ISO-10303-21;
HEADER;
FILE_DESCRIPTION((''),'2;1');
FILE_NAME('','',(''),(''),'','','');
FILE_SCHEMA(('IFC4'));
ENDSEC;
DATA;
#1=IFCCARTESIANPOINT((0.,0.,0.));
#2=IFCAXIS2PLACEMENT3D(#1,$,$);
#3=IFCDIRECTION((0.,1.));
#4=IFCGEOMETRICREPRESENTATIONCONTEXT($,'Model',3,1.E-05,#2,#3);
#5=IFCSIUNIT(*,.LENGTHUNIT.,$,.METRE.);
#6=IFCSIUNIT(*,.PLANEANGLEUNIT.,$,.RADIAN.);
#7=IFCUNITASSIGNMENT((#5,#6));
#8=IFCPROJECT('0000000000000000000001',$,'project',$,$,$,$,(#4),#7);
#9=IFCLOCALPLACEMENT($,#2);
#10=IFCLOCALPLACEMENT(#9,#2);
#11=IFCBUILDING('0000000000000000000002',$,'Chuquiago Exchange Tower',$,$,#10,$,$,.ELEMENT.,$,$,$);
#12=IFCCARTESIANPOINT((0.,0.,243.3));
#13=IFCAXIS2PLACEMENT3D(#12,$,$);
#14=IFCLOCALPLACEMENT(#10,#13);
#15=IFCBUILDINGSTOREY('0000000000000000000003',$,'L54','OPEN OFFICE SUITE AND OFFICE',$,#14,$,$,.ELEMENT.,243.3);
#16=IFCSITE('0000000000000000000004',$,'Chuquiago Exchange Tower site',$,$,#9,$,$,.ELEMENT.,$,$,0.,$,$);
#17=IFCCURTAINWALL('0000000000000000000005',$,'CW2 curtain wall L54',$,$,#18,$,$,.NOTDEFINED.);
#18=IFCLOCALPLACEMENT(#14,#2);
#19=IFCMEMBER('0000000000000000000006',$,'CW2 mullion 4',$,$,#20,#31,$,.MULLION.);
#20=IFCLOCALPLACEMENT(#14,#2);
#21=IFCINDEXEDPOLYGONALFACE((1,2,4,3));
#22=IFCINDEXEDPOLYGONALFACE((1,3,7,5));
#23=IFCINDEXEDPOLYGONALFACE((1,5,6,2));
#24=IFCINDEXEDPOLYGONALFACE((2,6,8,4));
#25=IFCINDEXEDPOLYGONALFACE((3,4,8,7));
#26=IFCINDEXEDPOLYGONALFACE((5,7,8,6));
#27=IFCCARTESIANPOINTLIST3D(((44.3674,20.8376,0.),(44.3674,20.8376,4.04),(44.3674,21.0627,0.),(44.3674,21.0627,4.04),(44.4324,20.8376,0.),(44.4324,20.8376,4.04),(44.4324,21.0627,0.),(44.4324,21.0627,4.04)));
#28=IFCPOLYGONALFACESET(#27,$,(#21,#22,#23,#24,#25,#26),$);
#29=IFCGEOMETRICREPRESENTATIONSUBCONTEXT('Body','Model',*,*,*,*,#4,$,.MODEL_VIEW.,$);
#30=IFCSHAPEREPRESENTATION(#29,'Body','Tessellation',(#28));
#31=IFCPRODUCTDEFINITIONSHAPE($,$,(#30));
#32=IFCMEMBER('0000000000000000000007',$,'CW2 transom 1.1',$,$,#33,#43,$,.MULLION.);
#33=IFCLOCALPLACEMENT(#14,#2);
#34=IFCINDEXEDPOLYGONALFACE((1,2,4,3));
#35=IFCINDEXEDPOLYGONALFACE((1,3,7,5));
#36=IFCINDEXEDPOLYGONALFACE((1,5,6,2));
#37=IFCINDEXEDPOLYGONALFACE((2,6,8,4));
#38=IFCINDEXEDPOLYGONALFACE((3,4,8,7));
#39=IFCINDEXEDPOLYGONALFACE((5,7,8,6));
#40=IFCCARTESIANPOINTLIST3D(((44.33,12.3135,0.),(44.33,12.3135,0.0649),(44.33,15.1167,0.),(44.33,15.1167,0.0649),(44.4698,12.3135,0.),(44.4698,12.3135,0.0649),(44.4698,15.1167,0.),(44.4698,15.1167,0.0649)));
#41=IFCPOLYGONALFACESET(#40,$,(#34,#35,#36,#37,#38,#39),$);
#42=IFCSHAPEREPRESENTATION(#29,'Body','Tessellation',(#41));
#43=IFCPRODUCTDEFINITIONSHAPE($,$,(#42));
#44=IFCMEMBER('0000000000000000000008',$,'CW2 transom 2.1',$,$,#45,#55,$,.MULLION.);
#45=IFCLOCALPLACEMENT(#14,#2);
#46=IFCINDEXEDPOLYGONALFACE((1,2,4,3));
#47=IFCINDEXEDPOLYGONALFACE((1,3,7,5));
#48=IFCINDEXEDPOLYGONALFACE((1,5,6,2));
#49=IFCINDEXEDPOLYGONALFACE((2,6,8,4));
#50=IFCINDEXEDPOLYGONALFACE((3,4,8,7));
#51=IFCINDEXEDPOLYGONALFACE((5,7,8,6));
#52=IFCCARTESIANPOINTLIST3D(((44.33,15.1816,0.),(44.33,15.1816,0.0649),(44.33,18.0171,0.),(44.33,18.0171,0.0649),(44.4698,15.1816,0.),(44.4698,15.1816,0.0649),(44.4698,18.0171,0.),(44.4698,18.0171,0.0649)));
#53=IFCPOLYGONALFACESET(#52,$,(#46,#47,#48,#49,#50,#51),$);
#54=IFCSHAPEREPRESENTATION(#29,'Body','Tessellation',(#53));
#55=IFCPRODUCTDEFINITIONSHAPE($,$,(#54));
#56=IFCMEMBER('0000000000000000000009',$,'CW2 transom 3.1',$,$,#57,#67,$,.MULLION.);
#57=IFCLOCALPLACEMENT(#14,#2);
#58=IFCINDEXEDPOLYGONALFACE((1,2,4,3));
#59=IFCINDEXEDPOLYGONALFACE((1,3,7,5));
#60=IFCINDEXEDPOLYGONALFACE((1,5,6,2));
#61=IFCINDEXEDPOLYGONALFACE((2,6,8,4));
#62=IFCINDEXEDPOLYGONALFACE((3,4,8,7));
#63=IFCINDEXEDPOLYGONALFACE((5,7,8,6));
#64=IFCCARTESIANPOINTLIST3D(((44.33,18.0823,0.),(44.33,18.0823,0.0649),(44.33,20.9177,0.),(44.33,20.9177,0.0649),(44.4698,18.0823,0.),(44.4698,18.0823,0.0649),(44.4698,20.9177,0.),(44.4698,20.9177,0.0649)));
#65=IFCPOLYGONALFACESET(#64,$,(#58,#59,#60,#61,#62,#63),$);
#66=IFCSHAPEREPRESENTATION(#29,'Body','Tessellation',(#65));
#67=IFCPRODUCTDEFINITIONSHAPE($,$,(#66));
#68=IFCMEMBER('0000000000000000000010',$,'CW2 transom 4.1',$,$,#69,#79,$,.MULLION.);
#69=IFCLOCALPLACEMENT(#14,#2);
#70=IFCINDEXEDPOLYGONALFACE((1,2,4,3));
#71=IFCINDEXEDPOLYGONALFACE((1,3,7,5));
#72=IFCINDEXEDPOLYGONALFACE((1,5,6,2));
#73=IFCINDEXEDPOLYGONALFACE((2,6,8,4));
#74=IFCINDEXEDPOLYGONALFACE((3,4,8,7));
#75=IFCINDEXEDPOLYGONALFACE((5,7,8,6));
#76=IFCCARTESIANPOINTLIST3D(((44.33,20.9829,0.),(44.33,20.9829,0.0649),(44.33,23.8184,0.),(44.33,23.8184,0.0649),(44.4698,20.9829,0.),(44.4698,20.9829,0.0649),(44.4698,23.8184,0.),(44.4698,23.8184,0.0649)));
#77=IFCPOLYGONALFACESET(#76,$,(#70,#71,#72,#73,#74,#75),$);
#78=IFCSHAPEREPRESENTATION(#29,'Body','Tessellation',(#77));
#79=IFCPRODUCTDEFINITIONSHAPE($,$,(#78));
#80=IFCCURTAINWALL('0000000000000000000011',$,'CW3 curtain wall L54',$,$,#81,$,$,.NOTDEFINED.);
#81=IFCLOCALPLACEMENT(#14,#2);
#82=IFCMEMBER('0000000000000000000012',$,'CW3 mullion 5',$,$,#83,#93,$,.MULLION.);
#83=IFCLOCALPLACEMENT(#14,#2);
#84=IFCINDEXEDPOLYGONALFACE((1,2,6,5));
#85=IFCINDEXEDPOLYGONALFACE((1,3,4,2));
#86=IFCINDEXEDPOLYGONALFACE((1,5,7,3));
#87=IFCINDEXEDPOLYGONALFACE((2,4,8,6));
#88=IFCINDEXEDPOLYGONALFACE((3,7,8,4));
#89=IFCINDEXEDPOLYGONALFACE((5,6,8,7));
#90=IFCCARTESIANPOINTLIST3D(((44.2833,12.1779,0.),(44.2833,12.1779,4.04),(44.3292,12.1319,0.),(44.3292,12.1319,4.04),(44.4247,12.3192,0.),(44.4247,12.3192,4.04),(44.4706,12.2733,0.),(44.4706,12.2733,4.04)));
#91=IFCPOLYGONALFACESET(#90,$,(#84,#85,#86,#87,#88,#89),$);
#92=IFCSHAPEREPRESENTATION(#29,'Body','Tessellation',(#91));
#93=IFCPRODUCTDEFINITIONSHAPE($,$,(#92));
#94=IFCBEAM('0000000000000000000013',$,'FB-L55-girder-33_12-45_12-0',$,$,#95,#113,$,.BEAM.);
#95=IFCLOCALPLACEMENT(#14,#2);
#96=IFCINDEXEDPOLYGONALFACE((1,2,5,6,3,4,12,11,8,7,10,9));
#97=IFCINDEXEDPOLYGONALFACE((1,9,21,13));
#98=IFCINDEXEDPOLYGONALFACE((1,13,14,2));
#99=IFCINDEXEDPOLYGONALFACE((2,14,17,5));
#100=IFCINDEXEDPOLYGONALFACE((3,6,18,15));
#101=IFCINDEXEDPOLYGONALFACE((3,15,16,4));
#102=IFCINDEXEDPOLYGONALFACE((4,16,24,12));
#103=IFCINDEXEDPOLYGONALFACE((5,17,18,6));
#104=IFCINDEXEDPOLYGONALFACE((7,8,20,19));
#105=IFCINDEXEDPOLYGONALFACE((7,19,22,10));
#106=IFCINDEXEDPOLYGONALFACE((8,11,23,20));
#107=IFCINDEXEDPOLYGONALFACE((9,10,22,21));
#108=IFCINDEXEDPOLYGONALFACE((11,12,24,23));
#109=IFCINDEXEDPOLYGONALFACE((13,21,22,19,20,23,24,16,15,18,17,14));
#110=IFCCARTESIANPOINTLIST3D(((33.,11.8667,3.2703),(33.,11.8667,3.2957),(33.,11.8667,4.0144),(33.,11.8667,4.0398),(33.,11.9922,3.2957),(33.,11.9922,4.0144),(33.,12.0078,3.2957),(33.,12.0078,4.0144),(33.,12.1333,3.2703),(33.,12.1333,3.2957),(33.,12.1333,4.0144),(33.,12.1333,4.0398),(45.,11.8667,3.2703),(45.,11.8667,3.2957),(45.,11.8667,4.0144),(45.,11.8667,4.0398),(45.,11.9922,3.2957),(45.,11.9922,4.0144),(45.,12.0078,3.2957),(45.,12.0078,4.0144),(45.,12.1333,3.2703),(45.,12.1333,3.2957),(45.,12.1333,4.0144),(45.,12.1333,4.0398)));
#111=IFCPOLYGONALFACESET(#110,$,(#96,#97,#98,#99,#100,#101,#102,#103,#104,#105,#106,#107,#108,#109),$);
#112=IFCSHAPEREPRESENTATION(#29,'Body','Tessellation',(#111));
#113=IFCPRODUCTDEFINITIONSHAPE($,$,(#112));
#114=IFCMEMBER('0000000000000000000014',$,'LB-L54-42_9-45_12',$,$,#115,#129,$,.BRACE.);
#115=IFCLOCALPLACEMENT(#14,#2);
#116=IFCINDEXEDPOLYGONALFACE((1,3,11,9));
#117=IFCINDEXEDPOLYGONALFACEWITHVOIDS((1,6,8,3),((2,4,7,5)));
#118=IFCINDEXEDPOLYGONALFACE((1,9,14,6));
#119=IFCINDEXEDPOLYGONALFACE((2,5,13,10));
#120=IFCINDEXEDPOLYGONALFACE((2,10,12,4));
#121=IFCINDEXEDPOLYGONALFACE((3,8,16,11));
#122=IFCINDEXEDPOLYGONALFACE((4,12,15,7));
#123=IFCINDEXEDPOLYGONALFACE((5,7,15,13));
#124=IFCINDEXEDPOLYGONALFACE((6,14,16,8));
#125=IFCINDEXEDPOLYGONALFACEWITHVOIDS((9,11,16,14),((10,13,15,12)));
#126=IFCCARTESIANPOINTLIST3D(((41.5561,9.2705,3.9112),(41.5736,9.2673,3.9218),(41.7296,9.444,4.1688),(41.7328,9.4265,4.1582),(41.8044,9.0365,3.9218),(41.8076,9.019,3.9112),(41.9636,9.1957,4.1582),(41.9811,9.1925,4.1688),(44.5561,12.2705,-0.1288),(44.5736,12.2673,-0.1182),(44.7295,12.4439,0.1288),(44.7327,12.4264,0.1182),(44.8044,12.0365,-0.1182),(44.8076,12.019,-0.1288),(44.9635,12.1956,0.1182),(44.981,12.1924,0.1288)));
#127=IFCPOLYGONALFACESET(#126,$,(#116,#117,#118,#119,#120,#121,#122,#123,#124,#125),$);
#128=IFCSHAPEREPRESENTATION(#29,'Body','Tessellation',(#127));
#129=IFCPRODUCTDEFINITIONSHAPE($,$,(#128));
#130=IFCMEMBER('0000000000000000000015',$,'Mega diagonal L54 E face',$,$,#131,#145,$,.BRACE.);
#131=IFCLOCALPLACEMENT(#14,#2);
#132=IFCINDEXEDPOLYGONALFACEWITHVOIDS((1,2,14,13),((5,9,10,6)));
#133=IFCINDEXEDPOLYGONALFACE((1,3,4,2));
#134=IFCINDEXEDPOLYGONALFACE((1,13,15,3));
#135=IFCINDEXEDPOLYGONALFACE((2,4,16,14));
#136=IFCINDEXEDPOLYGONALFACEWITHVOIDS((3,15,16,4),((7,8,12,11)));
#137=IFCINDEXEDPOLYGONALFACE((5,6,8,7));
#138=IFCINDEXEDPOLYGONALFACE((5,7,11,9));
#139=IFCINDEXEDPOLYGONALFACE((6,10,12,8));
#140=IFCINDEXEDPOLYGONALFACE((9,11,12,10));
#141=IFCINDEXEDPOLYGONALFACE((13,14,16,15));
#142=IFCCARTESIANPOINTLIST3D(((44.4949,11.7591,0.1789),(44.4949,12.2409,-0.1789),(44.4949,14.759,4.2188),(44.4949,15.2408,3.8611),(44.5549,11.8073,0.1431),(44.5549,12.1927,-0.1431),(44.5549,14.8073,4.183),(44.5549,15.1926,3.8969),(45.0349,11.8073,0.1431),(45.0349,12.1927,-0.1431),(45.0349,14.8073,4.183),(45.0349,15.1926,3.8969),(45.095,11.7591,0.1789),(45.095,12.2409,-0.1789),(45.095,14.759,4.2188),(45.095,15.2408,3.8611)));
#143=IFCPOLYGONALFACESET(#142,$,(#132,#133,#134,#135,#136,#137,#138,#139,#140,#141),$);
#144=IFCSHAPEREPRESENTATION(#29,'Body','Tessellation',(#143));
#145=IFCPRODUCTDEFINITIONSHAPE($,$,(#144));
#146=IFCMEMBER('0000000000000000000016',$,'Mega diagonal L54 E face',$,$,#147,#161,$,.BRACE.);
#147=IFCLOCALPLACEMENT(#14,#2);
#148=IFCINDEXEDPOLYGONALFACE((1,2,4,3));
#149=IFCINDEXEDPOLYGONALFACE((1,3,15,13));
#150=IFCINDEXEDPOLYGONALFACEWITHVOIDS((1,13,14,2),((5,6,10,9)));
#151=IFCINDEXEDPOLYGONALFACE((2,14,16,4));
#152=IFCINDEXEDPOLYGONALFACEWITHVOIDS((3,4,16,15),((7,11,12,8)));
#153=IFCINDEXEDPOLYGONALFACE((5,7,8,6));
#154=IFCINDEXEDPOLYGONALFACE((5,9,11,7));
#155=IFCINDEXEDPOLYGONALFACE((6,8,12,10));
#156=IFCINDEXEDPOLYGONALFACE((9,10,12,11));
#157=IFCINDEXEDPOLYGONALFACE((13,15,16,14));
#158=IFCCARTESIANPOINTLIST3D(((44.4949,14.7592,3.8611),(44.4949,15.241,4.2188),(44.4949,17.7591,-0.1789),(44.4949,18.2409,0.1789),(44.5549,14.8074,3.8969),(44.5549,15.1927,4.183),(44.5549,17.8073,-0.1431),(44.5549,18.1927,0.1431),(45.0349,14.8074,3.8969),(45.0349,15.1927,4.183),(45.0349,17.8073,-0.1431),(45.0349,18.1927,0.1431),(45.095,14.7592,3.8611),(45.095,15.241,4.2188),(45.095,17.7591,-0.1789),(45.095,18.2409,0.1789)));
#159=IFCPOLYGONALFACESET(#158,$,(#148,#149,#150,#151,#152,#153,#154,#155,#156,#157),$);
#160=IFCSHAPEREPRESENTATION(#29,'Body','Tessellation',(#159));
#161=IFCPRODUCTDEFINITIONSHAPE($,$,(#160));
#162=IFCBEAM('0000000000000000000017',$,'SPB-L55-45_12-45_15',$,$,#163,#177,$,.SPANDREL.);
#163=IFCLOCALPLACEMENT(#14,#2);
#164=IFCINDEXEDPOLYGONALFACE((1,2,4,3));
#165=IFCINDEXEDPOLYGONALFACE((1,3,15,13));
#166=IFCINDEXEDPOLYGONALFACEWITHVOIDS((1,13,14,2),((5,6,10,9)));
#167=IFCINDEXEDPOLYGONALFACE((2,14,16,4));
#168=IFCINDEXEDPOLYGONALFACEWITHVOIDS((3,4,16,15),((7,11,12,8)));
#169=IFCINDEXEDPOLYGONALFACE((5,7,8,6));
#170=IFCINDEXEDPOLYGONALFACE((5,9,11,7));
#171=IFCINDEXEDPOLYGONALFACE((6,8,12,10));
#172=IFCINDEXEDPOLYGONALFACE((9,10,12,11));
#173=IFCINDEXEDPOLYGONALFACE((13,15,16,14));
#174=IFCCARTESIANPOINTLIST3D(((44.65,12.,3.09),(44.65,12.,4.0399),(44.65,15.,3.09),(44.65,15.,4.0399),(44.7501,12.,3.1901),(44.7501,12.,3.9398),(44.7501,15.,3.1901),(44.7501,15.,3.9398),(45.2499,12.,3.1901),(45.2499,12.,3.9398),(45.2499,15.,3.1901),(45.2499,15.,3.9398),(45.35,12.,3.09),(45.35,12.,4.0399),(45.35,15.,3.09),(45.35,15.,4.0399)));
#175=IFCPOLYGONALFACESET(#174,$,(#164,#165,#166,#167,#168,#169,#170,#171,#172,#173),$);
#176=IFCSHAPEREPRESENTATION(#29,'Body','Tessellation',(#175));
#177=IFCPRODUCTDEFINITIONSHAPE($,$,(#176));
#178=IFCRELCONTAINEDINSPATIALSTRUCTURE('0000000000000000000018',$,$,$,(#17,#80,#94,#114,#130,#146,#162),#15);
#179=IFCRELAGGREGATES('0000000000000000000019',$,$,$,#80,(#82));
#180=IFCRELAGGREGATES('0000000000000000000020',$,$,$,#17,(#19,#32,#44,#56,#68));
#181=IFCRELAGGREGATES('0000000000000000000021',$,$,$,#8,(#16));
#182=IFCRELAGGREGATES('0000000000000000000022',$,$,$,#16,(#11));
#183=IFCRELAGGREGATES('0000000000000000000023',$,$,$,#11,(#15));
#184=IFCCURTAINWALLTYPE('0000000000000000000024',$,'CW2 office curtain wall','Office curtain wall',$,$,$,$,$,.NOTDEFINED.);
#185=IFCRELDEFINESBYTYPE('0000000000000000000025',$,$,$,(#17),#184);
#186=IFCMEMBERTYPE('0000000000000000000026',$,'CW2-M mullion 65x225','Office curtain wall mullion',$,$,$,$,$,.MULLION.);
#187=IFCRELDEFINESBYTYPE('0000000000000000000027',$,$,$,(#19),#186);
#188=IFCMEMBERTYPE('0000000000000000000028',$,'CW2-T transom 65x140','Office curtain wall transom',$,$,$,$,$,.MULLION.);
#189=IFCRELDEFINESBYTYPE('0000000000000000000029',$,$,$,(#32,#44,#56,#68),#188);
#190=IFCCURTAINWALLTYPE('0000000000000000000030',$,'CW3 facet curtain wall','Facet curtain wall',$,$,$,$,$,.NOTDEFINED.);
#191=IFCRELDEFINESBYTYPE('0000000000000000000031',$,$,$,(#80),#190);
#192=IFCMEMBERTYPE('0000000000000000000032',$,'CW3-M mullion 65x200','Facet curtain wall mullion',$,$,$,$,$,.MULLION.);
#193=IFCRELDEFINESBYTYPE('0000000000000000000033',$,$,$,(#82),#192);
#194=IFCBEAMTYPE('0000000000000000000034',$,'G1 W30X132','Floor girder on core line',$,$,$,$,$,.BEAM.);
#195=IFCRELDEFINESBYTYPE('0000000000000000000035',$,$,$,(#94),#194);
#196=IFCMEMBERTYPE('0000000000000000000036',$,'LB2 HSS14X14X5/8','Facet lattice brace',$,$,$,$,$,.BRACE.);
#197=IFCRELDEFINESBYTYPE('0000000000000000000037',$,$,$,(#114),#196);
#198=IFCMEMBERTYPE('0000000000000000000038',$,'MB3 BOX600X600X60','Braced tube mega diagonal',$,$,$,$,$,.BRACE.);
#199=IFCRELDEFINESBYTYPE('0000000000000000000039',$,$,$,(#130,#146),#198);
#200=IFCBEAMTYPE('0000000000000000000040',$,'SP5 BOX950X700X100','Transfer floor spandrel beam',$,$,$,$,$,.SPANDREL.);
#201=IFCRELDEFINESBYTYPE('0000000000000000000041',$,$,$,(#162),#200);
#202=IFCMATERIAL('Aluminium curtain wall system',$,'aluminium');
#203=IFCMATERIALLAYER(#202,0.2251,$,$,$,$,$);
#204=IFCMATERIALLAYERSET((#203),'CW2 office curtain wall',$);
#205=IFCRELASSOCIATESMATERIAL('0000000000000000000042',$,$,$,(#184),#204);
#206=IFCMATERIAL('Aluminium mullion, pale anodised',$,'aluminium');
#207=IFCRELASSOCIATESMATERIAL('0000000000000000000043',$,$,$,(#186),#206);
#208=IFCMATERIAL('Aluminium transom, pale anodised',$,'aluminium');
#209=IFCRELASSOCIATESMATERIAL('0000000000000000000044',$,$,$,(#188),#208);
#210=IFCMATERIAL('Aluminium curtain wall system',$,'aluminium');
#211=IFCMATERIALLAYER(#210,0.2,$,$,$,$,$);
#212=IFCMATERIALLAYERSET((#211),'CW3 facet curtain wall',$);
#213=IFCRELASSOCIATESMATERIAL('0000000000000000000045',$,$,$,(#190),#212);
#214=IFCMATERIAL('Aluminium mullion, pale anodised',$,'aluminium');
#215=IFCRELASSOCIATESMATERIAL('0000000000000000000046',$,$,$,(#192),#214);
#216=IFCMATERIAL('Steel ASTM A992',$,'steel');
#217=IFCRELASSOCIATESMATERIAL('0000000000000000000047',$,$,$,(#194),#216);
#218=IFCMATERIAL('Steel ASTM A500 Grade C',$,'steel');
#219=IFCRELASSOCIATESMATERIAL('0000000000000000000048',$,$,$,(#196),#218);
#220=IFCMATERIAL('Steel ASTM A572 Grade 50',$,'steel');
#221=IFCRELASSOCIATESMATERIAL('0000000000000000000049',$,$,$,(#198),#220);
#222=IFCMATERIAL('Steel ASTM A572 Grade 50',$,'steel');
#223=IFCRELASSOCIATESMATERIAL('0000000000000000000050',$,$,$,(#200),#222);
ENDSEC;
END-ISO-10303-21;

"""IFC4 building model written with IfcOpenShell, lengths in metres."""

from ifc_helpers import new_model, si_unit, direction, frame, origin, origin_2d, place, context, subcontext, project, spatial, rectangle, hollow_rectangle, i_section, extrude, material, layer, layer_set, material_profile, profile_set, type_object, element, aggregate, save


model = new_model("IFC4")

# Units and contexts
model_context = context("Model", 3, precision=1e-05, world=origin(), true_north=direction((0.0, 1.0)))
body_context = subcontext(model_context, "Body", "Model", "MODEL_VIEW")
ifc_project = project(units=[si_unit("LENGTHUNIT", "METRE"), si_unit("PLANEANGLEUNIT", "RADIAN")], contexts=[model_context])

# Site, building, storey
site_placement = place(None, origin())
site = spatial("IfcSite", under=ifc_project, at=site_placement, Name="Chuquiago Exchange Tower site", CompositionType="ELEMENT", RefElevation=0.0)
building_placement = place(site_placement, origin())
building = spatial("IfcBuilding", under=site, at=building_placement, Name="Chuquiago Exchange Tower", CompositionType="ELEMENT")
storey_placement = place(building_placement, frame((0.0, 0.0, 243.3)))
storey = spatial("IfcBuildingStorey", under=building, at=storey_placement, Name="L54", Description="OPEN OFFICE SUITE AND OFFICE", CompositionType="ELEMENT", Elevation=243.3)

# Curtain wall, members
ifc_material_1 = material(Name="Aluminium curtain wall system", Category="aluminium")
ifc_layer_1 = layer(ifc_material_1, 0.2251)
ifc_layer_set_1 = layer_set([ifc_layer_1], Name="CW2 office curtain wall")
curtain_wall_type_1 = type_object("IfcCurtainWallType", Name="CW2 office curtain wall", Description="Office curtain wall", PredefinedType="NOTDEFINED", material=ifc_layer_set_1)
curtain_wall_1_placement = place(storey_placement, origin())
curtain_wall_1 = element("IfcCurtainWall", 1, at=curtain_wall_1_placement, inside=storey, type_object=curtain_wall_type_1, Name="CW2 curtain wall L54", PredefinedType="NOTDEFINED")
ifc_material_2 = material(Name="Aluminium mullion, pale anodised", Category="aluminium")
ifc_material_profile_1 = material_profile(ifc_material_2, rectangle(XDim=0.0649, YDim=0.2251, at=origin_2d()), Name="AL 65x225")
ifc_profile_set_1 = profile_set([ifc_material_profile_1], Name="Aluminium mullion, pale anodised")
member_type_1 = type_object("IfcMemberType", Name="CW2-M mullion 65x225", Description="Office curtain wall mullion", PredefinedType="MULLION", material=ifc_profile_set_1)
member_1_placement = place(storey_placement, frame((44.3999, 20.9502, 0.0), z_axis=(0.0, 0.0, 1.0), x_axis=(-1.0, 0.0, 0.0)))
member_1 = element("IfcMember", 2, at=member_1_placement, type_object=member_type_1, Name="CW2 mullion 4", PredefinedType="MULLION", context=body_context, shape_type="SweptSolid", body=[
    extrude(rectangle(XDim=0.0649, YDim=0.2251, at=origin_2d()), origin(), (0.0, 0.0, 1.0), 4.04),
])
ifc_material_3 = material(Name="Aluminium transom, pale anodised", Category="aluminium")
ifc_material_profile_2 = material_profile(ifc_material_3, rectangle(XDim=0.1399, YDim=0.0649, at=origin_2d()), Name="AL 140x65")
ifc_profile_set_2 = profile_set([ifc_material_profile_2], Name="Aluminium transom, pale anodised")
member_type_2 = type_object("IfcMemberType", Name="CW2-T transom 65x140", Description="Office curtain wall transom", PredefinedType="MULLION", material=ifc_profile_set_2)
member_2_placement = place(storey_placement, frame((44.3999, 12.3135, 0.0325), z_axis=(0.0, 1.0, 0.0), x_axis=(-1.0, 0.0, 0.0)))
member_2 = element("IfcMember", 3, at=member_2_placement, type_object=member_type_2, Name="CW2 transom 1.1", PredefinedType="MULLION", context=body_context, shape_type="SweptSolid", body=[
    extrude(rectangle(XDim=0.1399, YDim=0.0649, at=origin_2d()), origin(), (0.0, 0.0, 1.0), 2.8032),
])
member_3_placement = place(storey_placement, frame((44.3999, 15.1816, 0.0325), z_axis=(0.0, 1.0, 0.0), x_axis=(-1.0, 0.0, 0.0)))
member_3 = element("IfcMember", 4, at=member_3_placement, type_object=member_type_2, Name="CW2 transom 2.1", PredefinedType="MULLION", context=body_context, shape_type="SweptSolid", body=[
    extrude(rectangle(XDim=0.1399, YDim=0.0649, at=origin_2d()), origin(), (0.0, 0.0, 1.0), 2.8354),
])
member_4_placement = place(storey_placement, frame((44.3999, 18.0823, 0.0325), z_axis=(0.0, 1.0, 0.0), x_axis=(-1.0, 0.0, 0.0)))
member_4 = element("IfcMember", 5, at=member_4_placement, type_object=member_type_2, Name="CW2 transom 3.1", PredefinedType="MULLION", context=body_context, shape_type="SweptSolid", body=[
    extrude(rectangle(XDim=0.1399, YDim=0.0649, at=origin_2d()), origin(), (0.0, 0.0, 1.0), 2.8354),
])
member_5_placement = place(storey_placement, frame((44.3999, 20.9829, 0.0325), z_axis=(0.0, 1.0, 0.0), x_axis=(-1.0, 0.0, 0.0)))
member_5 = element("IfcMember", 6, at=member_5_placement, type_object=member_type_2, Name="CW2 transom 4.1", PredefinedType="MULLION", context=body_context, shape_type="SweptSolid", body=[
    extrude(rectangle(XDim=0.1399, YDim=0.0649, at=origin_2d()), origin(), (0.0, 0.0, 1.0), 2.8354),
])

# Curtain wall, member
ifc_material_4 = material(Name="Aluminium curtain wall system", Category="aluminium")
ifc_layer_2 = layer(ifc_material_4, 0.2)
ifc_layer_set_2 = layer_set([ifc_layer_2], Name="CW3 facet curtain wall")
curtain_wall_type_2 = type_object("IfcCurtainWallType", Name="CW3 facet curtain wall", Description="Facet curtain wall", PredefinedType="NOTDEFINED", material=ifc_layer_set_2)
curtain_wall_2_placement = place(storey_placement, origin())
curtain_wall_2 = element("IfcCurtainWall", 7, at=curtain_wall_2_placement, inside=storey, type_object=curtain_wall_type_2, Name="CW3 curtain wall L54", PredefinedType="NOTDEFINED")
ifc_material_5 = material(Name="Aluminium mullion, pale anodised", Category="aluminium")
ifc_material_profile_3 = material_profile(ifc_material_5, rectangle(XDim=0.0649, YDim=0.2, at=origin_2d()), Name="AL 65x200")
ifc_profile_set_3 = profile_set([ifc_material_profile_3], Name="Aluminium mullion, pale anodised")
member_type_3 = type_object("IfcMemberType", Name="CW3-M mullion 65x200", Description="Facet curtain wall mullion", PredefinedType="MULLION", material=ifc_profile_set_3)
member_6_placement = place(storey_placement, frame((44.377, 12.2256, 0.0), z_axis=(0.0, 0.0, 1.0), x_axis=(-0.707107, 0.707107, 0.0)))
member_6 = element("IfcMember", 8, at=member_6_placement, type_object=member_type_3, Name="CW3 mullion 5", PredefinedType="MULLION", context=body_context, shape_type="SweptSolid", body=[
    extrude(rectangle(XDim=0.0649, YDim=0.2, at=origin_2d()), origin(), (0.0, 0.0, 1.0), 4.04),
])
aggregate(curtain_wall_2, [member_6])

# Beam
ifc_material_6 = material(Name="Steel ASTM A992", Category="steel")
ifc_material_profile_4 = material_profile(ifc_material_6, i_section(OverallWidth=0.2666, OverallDepth=0.7695, WebThickness=0.0156, FlangeThickness=0.0254, at=origin_2d()), Name="W30X132")
ifc_profile_set_4 = profile_set([ifc_material_profile_4], Name="Steel ASTM A992")
beam_type_1 = type_object("IfcBeamType", Name="G1 W30X132", Description="Floor girder on core line", PredefinedType="BEAM", material=ifc_profile_set_4)
beam_1_placement = place(storey_placement, frame((33.0, 12.0, 3.655), z_axis=(1.0, 0.0, 0.0), x_axis=(0.0, 1.0, 0.0)))
element("IfcBeam", 9, at=beam_1_placement, inside=storey, type_object=beam_type_1, Name="FB-L55-girder-33_12-45_12-0", PredefinedType="BEAM", context=body_context, shape_type="SweptSolid", body=[
    extrude(i_section(OverallWidth=0.2666, OverallDepth=0.7695, WebThickness=0.0156, FlangeThickness=0.0254, at=origin_2d()), origin(), (0.0, 0.0, 1.0), 12.0),
])

# Members
ifc_material_7 = material(Name="Steel ASTM A500 Grade C", Category="steel")
ifc_material_profile_5 = material_profile(ifc_material_7, hollow_rectangle(XDim=0.3557, YDim=0.3557, WallThickness=0.0146, at=origin_2d()), Name="HSS14X14X5/8")
ifc_profile_set_5 = profile_set([ifc_material_profile_5], Name="Steel ASTM A500 Grade C")
member_type_4 = type_object("IfcMemberType", Name="LB2 HSS14X14X5/8", Description="Facet lattice brace", PredefinedType="BRACE", material=ifc_profile_set_5)
member_7_placement = place(storey_placement, frame((44.7686, 12.2314, 0.0), z_axis=(-0.512077, -0.512077, 0.689604), x_axis=(0.707107, -0.707107, 0.0)))
element("IfcMember", 10, at=member_7_placement, inside=storey, type_object=member_type_4, Name="LB-L54-42_9-45_12", PredefinedType="BRACE", context=body_context, shape_type="SweptSolid", body=[
    extrude(hollow_rectangle(XDim=0.3557, YDim=0.3557, WallThickness=0.0146, at=origin_2d()), origin(), (0.0, 0.0, 1.0), 5.8584),
])
ifc_material_8 = material(Name="Steel ASTM A572 Grade 50", Category="steel")
ifc_material_profile_6 = material_profile(ifc_material_8, hollow_rectangle(XDim=0.6001, YDim=0.6001, WallThickness=0.0601, at=origin_2d()), Name="BOX600X600X60")
ifc_profile_set_6 = profile_set([ifc_material_profile_6], Name="Steel ASTM A572 Grade 50")
member_type_5 = type_object("IfcMemberType", Name="MB3 BOX600X600X60", Description="Braced tube mega diagonal", PredefinedType="BRACE", material=ifc_profile_set_6)
for number, where, z_axis, x_axis, name in (
    (11, (44.7949, 12.0, 0.0), (0.0, 0.596174, 0.802855), (-1.0, 0.0, 0.0), "Mega diagonal L54 E face"),
    (12, (44.7949, 18.0, 0.0), (0.0, -0.596174, 0.802855), (1.0, 0.0, 0.0), "Mega diagonal L54 E face"),
):
    element("IfcMember", number, at=place(storey_placement, frame(where, z_axis=z_axis, x_axis=x_axis)), inside=storey, type_object=member_type_5, Name=name, PredefinedType="BRACE", context=body_context, shape_type="SweptSolid", body=[
        extrude(hollow_rectangle(XDim=0.6001, YDim=0.6001, WallThickness=0.0601, at=origin_2d()), origin(), (0.0, 0.0, 1.0), 5.032),
    ])

# Beam
ifc_material_9 = material(Name="Steel ASTM A572 Grade 50", Category="steel")
ifc_material_profile_7 = material_profile(ifc_material_9, hollow_rectangle(XDim=0.7, YDim=0.95, WallThickness=0.1001, at=origin_2d()), Name="BOX950X700X100")
ifc_profile_set_7 = profile_set([ifc_material_profile_7], Name="Steel ASTM A572 Grade 50")
beam_type_2 = type_object("IfcBeamType", Name="SP5 BOX950X700X100", Description="Transfer floor spandrel beam", PredefinedType="SPANDREL", material=ifc_profile_set_7)
for number, where, z_axis, x_axis, name in (
    (13, (45.0, 12.0, 3.5649), (0.0, 1.0, 0.0), (-1.0, 0.0, 0.0), "SPB-L55-45_12-45_15"),
):
    element("IfcBeam", number, at=place(storey_placement, frame(where, z_axis=z_axis, x_axis=x_axis)), inside=storey, type_object=beam_type_2, Name=name, PredefinedType="SPANDREL", context=body_context, shape_type="SweptSolid", body=[
        extrude(hollow_rectangle(XDim=0.7, YDim=0.95, WallThickness=0.1001, at=origin_2d()), origin(), (0.0, 0.0, 1.0), 3.0),
    ])

aggregate(curtain_wall_1, [member_1, member_2, member_3, member_4, member_5])

save(model, "model.ifc")
